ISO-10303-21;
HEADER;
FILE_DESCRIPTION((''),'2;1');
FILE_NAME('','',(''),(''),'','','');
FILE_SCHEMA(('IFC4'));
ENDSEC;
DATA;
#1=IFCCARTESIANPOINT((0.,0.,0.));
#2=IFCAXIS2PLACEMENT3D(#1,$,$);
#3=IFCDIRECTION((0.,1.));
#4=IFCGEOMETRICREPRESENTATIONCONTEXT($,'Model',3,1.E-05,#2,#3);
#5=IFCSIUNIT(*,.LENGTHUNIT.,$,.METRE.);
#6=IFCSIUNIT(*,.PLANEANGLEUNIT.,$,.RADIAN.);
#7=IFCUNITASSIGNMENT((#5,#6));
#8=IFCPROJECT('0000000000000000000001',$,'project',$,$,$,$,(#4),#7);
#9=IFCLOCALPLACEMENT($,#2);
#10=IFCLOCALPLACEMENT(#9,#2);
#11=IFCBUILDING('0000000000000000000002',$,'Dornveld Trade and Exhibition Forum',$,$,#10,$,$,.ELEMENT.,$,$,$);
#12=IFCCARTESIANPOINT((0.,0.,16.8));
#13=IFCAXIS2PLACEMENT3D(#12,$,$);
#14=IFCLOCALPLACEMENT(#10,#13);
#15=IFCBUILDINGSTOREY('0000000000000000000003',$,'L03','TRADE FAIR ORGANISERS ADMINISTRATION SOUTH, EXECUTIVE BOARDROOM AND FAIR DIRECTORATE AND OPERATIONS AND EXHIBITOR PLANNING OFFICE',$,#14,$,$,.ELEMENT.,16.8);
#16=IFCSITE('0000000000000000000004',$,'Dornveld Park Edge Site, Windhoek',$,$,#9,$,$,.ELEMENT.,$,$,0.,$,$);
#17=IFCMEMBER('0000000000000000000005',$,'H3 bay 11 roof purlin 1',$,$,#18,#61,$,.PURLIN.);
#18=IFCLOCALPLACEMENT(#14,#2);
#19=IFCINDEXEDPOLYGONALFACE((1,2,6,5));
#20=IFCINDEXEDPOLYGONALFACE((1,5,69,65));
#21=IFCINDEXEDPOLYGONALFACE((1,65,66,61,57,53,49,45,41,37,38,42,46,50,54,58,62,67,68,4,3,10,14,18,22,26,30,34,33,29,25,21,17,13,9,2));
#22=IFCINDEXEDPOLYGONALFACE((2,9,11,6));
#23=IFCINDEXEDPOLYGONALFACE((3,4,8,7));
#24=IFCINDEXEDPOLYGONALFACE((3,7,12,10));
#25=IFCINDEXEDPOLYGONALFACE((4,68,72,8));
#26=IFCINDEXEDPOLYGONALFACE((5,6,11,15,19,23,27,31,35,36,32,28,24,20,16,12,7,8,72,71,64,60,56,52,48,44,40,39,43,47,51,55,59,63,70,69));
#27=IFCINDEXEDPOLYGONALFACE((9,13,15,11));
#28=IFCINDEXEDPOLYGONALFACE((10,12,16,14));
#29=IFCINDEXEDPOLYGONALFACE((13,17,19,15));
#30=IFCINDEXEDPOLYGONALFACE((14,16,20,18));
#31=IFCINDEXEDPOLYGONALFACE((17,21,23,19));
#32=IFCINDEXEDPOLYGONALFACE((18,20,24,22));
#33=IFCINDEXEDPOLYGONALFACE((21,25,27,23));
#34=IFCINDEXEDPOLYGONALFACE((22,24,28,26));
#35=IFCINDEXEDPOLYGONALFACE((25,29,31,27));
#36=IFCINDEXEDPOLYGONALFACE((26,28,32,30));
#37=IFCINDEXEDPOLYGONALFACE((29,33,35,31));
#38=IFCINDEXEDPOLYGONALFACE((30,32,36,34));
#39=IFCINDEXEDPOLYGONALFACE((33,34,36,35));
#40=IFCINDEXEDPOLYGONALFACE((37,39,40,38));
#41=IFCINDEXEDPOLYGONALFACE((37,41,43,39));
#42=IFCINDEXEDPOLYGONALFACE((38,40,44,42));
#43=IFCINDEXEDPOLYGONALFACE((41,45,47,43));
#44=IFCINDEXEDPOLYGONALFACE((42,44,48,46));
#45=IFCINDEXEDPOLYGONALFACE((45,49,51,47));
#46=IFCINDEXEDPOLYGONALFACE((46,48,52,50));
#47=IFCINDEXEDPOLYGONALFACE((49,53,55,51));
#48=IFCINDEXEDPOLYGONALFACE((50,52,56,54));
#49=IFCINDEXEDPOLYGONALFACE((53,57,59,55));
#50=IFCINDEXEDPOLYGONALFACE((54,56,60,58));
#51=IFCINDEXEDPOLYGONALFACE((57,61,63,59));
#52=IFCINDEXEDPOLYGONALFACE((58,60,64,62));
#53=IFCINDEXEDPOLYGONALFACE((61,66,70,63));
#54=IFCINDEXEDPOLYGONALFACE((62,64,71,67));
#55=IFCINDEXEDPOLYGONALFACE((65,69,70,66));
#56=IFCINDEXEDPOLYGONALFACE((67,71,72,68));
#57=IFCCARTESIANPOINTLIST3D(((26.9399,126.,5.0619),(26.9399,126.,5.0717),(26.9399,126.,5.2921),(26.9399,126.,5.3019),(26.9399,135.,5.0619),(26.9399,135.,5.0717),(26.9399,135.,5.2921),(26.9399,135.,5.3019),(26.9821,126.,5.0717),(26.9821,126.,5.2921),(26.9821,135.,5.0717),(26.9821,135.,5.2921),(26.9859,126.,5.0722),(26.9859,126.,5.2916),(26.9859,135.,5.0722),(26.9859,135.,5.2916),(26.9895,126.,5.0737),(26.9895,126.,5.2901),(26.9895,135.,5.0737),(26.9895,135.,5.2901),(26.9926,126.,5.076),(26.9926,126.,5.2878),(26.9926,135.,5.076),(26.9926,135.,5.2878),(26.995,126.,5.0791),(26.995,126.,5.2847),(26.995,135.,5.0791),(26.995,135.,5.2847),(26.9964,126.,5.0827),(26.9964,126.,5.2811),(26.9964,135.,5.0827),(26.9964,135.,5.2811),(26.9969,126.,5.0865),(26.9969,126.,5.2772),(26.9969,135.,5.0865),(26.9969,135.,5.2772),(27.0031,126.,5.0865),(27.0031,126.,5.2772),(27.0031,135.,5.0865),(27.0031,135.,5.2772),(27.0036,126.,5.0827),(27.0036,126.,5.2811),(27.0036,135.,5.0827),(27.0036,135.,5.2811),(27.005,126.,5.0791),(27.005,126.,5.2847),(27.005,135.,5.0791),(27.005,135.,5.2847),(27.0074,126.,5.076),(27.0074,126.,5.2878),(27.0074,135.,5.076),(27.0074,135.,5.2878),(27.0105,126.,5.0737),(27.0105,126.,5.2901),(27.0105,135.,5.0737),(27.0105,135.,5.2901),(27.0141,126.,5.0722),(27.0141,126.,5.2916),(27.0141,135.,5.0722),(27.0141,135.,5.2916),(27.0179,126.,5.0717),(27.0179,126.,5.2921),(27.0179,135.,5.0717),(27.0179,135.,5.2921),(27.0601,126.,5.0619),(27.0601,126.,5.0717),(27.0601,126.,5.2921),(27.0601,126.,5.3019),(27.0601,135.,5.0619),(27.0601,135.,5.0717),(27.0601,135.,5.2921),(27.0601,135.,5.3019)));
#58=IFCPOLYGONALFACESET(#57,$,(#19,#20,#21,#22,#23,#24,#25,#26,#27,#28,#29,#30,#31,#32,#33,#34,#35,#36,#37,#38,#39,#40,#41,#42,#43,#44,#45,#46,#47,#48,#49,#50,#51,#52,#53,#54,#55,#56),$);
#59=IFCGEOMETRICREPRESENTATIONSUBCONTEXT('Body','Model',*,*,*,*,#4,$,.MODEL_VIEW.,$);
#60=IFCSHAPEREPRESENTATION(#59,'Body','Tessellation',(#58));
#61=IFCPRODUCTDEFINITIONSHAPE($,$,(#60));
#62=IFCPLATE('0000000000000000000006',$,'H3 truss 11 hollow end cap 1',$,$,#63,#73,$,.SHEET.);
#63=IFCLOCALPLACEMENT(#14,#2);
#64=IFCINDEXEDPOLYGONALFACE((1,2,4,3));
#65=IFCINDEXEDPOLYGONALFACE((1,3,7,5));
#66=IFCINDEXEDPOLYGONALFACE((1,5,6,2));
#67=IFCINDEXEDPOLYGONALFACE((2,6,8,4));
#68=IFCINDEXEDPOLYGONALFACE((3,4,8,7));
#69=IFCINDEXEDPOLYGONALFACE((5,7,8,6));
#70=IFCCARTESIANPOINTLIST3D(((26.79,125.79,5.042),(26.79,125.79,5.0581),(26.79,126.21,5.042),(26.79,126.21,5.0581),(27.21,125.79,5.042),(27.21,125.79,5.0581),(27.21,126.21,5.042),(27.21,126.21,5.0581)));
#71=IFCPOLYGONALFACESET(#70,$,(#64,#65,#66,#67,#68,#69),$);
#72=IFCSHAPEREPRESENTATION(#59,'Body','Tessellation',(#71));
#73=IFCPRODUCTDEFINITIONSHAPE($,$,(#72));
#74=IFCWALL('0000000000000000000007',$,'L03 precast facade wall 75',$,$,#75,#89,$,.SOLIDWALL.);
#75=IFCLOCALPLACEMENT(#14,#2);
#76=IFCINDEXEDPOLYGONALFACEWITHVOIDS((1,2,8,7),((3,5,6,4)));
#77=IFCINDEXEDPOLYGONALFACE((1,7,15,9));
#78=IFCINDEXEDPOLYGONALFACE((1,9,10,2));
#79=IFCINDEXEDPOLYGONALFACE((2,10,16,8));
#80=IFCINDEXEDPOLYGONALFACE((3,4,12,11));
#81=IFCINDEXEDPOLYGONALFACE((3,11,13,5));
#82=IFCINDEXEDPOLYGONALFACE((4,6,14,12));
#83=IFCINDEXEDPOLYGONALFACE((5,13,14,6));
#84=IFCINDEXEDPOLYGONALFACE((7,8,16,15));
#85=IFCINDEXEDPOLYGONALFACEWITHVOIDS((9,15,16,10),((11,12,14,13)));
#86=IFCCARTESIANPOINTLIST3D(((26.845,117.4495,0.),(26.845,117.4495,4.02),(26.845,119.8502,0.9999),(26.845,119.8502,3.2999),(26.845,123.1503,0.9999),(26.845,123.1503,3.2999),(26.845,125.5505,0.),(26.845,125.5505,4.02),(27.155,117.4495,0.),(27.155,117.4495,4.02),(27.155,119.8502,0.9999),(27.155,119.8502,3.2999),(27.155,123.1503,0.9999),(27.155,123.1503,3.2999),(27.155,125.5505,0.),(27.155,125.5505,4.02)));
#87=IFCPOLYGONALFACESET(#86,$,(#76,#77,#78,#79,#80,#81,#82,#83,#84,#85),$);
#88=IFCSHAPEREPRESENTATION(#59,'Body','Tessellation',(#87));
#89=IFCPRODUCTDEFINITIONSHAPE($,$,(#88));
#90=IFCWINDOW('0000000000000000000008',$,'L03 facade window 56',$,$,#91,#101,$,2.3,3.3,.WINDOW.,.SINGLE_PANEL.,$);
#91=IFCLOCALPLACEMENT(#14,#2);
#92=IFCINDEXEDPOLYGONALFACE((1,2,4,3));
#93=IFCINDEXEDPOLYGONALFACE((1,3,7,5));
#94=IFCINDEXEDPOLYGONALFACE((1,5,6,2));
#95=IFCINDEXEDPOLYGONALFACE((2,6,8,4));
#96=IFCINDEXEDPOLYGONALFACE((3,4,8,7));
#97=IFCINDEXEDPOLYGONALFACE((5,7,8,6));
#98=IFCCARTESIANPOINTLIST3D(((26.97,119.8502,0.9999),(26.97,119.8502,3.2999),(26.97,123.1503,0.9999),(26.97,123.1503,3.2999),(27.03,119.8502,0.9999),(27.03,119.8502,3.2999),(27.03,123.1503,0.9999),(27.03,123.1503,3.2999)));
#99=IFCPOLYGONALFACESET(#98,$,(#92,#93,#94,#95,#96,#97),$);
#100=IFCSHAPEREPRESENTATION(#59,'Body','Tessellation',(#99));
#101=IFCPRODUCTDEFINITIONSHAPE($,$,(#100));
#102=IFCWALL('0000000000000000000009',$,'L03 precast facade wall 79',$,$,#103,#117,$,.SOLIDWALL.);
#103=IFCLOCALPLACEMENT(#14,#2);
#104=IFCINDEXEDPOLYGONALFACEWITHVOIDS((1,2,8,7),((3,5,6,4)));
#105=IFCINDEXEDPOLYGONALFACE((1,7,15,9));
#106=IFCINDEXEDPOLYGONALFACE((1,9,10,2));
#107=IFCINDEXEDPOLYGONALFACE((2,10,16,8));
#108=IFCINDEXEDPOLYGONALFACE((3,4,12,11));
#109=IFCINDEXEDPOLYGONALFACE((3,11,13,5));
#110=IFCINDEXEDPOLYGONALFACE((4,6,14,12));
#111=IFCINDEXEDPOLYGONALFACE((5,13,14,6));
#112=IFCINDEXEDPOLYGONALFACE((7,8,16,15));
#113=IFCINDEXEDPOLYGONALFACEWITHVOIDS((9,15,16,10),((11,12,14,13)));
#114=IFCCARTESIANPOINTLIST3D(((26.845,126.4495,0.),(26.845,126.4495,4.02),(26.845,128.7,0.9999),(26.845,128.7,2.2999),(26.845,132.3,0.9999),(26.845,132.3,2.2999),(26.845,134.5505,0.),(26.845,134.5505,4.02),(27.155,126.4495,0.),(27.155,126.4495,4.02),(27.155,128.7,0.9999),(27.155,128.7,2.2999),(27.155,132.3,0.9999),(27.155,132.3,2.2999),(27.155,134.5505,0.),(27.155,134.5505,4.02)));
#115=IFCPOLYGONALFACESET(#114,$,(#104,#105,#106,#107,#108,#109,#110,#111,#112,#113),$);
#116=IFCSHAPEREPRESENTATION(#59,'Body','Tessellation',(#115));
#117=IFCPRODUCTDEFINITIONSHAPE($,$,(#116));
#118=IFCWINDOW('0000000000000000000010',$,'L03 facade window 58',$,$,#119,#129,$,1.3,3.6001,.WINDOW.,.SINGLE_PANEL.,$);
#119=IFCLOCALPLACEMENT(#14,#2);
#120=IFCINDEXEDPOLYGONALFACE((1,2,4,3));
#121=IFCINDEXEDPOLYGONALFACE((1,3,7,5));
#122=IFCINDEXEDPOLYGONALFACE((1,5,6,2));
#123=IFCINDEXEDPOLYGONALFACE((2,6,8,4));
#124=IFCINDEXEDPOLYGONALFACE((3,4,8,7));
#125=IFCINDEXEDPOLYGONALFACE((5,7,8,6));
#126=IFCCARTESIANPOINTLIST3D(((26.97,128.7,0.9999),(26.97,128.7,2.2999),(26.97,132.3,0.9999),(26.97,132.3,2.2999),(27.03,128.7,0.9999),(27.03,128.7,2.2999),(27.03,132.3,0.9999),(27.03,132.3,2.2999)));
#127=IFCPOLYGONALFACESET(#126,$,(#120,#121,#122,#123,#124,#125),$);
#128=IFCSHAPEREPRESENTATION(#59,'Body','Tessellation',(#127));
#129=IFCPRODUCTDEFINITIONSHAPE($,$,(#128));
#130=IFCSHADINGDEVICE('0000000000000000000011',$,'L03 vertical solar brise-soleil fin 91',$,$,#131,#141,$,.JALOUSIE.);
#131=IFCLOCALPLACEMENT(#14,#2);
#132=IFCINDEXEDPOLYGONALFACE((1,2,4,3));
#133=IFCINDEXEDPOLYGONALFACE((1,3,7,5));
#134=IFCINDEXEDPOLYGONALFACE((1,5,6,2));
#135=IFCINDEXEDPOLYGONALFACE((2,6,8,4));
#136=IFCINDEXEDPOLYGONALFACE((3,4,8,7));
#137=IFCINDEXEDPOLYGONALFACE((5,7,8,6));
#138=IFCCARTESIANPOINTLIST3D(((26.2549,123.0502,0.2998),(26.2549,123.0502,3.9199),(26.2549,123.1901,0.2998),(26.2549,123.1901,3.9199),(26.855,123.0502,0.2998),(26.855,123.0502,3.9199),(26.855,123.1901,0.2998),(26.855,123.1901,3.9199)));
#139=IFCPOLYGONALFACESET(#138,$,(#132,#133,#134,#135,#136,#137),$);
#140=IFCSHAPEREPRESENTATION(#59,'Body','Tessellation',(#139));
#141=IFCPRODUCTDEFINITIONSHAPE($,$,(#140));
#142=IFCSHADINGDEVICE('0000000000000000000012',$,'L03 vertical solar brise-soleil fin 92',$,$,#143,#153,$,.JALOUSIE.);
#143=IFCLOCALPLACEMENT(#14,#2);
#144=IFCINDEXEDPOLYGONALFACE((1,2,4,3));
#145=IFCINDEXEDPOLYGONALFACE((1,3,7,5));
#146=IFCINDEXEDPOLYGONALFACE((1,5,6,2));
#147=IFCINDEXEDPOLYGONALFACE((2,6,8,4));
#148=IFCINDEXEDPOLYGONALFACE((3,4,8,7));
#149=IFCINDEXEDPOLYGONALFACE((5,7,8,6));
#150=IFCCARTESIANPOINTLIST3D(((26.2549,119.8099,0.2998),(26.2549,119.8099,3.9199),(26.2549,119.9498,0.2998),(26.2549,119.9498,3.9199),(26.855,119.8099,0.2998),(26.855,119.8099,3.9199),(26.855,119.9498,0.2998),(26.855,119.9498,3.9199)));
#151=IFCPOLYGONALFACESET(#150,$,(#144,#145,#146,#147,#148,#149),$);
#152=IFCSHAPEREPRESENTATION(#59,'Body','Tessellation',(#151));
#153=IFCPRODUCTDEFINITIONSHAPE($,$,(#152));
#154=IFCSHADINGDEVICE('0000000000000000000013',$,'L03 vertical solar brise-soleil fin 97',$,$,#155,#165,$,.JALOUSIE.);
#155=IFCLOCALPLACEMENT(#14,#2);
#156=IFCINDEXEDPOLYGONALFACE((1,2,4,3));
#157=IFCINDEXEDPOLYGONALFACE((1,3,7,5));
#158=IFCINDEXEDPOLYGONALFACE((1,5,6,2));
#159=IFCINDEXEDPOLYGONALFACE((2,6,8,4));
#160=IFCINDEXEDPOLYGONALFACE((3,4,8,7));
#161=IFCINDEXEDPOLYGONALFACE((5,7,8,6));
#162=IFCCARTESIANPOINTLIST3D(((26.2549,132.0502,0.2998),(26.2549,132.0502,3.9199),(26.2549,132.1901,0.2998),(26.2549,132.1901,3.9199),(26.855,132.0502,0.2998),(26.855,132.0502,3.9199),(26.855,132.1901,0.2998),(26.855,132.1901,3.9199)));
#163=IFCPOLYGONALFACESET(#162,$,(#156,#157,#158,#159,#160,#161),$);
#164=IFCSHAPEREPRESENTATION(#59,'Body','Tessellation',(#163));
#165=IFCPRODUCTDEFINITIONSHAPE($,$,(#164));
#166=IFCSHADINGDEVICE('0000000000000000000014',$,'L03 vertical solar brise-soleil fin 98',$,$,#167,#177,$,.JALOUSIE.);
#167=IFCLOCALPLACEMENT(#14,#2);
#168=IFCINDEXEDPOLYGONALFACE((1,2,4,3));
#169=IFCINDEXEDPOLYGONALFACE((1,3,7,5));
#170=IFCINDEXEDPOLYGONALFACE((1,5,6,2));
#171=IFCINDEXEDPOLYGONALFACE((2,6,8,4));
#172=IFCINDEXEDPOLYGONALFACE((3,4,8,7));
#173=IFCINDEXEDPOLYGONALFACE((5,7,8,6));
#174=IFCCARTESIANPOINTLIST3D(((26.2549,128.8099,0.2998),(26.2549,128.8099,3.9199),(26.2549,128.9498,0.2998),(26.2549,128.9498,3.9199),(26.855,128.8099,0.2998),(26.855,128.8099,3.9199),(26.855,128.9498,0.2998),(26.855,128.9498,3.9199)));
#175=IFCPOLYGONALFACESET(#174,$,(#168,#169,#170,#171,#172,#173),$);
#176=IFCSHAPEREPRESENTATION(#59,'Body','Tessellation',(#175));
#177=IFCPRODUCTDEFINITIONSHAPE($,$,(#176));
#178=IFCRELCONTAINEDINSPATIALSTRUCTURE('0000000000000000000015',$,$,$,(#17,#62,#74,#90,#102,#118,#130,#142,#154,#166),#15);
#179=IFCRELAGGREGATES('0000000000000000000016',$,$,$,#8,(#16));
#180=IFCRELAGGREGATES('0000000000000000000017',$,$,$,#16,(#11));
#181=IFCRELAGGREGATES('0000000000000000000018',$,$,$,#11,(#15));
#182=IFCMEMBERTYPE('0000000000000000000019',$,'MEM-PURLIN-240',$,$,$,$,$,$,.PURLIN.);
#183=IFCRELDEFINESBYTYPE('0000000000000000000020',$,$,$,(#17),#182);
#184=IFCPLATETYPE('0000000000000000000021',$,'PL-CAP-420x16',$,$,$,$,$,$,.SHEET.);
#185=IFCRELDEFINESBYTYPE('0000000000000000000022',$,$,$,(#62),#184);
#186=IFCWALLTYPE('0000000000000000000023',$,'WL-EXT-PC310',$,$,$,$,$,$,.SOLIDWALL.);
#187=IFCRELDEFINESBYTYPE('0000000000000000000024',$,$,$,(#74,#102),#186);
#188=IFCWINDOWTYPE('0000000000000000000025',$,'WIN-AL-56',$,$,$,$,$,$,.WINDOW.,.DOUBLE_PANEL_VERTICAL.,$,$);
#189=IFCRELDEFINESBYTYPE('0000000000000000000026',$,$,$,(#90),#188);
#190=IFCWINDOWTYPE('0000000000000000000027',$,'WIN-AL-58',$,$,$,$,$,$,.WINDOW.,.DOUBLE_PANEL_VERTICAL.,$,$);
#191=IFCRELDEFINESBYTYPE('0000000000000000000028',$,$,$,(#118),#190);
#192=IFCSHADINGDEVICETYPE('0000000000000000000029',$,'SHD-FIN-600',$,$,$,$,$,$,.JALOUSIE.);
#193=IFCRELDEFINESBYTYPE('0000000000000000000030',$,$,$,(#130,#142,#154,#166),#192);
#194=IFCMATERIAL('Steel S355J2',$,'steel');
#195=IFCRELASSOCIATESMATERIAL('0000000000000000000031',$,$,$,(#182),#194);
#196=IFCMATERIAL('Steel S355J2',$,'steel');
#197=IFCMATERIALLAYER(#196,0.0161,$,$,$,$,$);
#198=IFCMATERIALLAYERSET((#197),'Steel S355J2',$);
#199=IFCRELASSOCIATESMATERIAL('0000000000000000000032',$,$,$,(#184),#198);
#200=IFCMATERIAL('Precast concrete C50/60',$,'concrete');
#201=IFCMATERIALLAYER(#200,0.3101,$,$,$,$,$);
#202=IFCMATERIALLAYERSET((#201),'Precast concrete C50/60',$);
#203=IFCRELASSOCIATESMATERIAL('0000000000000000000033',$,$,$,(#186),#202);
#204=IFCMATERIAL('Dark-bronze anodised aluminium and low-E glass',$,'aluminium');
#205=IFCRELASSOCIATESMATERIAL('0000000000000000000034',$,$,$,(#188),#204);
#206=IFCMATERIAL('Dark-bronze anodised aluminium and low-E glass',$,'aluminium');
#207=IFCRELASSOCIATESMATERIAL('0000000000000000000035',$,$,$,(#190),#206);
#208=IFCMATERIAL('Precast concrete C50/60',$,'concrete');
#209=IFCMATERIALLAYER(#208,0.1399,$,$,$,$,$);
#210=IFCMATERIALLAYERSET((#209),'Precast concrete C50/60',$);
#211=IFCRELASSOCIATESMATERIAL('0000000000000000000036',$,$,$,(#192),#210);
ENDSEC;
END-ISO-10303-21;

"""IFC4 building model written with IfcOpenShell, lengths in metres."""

from ifc_helpers import new_model, si_unit, direction, frame, frame_2d, origin, origin_2d, place, context, subcontext, project, spatial, rectangle, i_section, extrude, material, layer, layer_set, material_profile, profile_set, type_object, element, fill, save


model = new_model("IFC4")

# Units and contexts
model_context = context("Model", 3, precision=1e-05, world=origin(), true_north=direction((0.0, 1.0)))
body_context = subcontext(model_context, "Body", "Model", "MODEL_VIEW")
ifc_project = project(units=[si_unit("LENGTHUNIT", "METRE"), si_unit("PLANEANGLEUNIT", "RADIAN")], contexts=[model_context])

# Site, building, storey
site_placement = place(None, origin())
site = spatial("IfcSite", under=ifc_project, at=site_placement, Name="Dornveld Park Edge Site, Windhoek", CompositionType="ELEMENT", RefElevation=0.0)
building_placement = place(site_placement, origin())
building = spatial("IfcBuilding", under=site, at=building_placement, Name="Dornveld Trade and Exhibition Forum", CompositionType="ELEMENT")
storey_placement = place(building_placement, frame((0.0, 0.0, 16.8)))
storey = spatial("IfcBuildingStorey", under=building, at=storey_placement, Name="L03", Description="TRADE FAIR ORGANISERS ADMINISTRATION SOUTH, EXECUTIVE BOARDROOM AND FAIR DIRECTORATE AND OPERATIONS AND EXHIBITOR PLANNING OFFICE", CompositionType="ELEMENT", Elevation=16.8)

# Member
ifc_material_1 = material(Name="Steel S355J2", Category="steel")
ifc_material_profile_1 = material_profile(ifc_material_1, i_section(OverallWidth=0.1201, OverallDepth=0.24, WebThickness=0.0061, FlangeThickness=0.0098, FilletRadius=0.0149, at=origin_2d()), Name="IPE 240")
ifc_profile_set_1 = profile_set([ifc_material_profile_1], Name="Steel S355J2")
member_type_1 = type_object("IfcMemberType", Name="MEM-PURLIN-240", PredefinedType="PURLIN", material=ifc_profile_set_1)
member_1_placement = place(storey_placement, frame((27.0, 126.0, 5.1819), z_axis=(0.0, 1.0, 0.0), x_axis=(-1.0, 0.0, 0.0)))
element("IfcMember", 1, at=member_1_placement, inside=storey, type_object=member_type_1, Name="H3 bay 11 roof purlin 1", PredefinedType="PURLIN", context=body_context, shape_type="SweptSolid", body=[
    extrude(i_section(OverallWidth=0.1201, OverallDepth=0.24, WebThickness=0.0061, FlangeThickness=0.0098, FilletRadius=0.0149, at=origin_2d()), origin(), (0.0, 0.0, 1.0), 9.0),
])

# Plate
ifc_material_2 = material(Name="Steel S355J2", Category="steel")
ifc_layer_1 = layer(ifc_material_2, 0.0161)
ifc_layer_set_1 = layer_set([ifc_layer_1], Name="Steel S355J2")
plate_type = type_object("IfcPlateType", Name="PL-CAP-420x16", PredefinedType="SHEET", material=ifc_layer_set_1)
plate_placement = place(storey_placement, frame((27.0, 126.0, 5.042), z_axis=(0.0, 0.0, 1.0), x_axis=(1.0, 0.0, 0.0)))
element("IfcPlate", 2, at=plate_placement, inside=storey, type_object=plate_type, Name="H3 truss 11 hollow end cap 1", PredefinedType="SHEET", context=body_context, shape_type="SweptSolid", body=[
    extrude(rectangle(XDim=0.4199, YDim=0.4199, at=origin_2d()), origin(), (0.0, 0.0, 1.0), 0.0161),
])

# Walls, openings, windows
ifc_material_3 = material(Name="Precast concrete C50/60", Category="concrete")
ifc_layer_2 = layer(ifc_material_3, 0.3101)
ifc_layer_set_2 = layer_set([ifc_layer_2], Name="Precast concrete C50/60")
wall_type = type_object("IfcWallType", Name="WL-EXT-PC310", PredefinedType="SOLIDWALL", material=ifc_layer_set_2)
wall_1_placement = place(storey_placement, frame((27.0, 125.5505, 0.0), z_axis=(0.0, 0.0, 1.0), x_axis=(0.0, -1.0, 0.0)))
wall_1 = element("IfcWall", 3, at=wall_1_placement, inside=storey, type_object=wall_type, Name="L03 precast facade wall 75", PredefinedType="SOLIDWALL", context=body_context, shape_type="SweptSolid", body=[
    extrude(rectangle(XDim=8.1011, YDim=0.3101, at=frame_2d((4.0505, 0.0))), origin(), (0.0, 0.0, 1.0), 4.02),
])
opening_1_placement = place(wall_1_placement, frame((2.4004, 0.0, 1.0)))
opening_1 = element("IfcOpeningElement", 4, at=opening_1_placement, cuts=wall_1, PredefinedType="OPENING", context=body_context, shape_type="SweptSolid", body=[
    extrude(rectangle(XDim=3.3, YDim=2.3, at=frame_2d((1.6499, 1.1499))), frame((0.0, 0.165, 0.0), z_axis=(0.0, -1.0, 0.0), x_axis=(1.0, 0.0, 0.0)), (0.0, 0.0, 1.0), 0.3301),
])
ifc_material_4 = material(Name="Dark-bronze anodised aluminium and low-E glass", Category="aluminium")
window_type_1 = type_object("IfcWindowType", Name="WIN-AL-56", PartitioningType="DOUBLE_PANEL_VERTICAL", PredefinedType="WINDOW", material=ifc_material_4)
window_1_placement = place(opening_1_placement, origin())
window_1 = element("IfcWindow", 5, at=window_1_placement, inside=storey, type_object=window_type_1, Name="L03 facade window 56", OverallHeight=2.3, OverallWidth=3.3, PartitioningType="SINGLE_PANEL", PredefinedType="WINDOW", context=body_context, shape_type="SweptSolid", body=[
    extrude(rectangle(XDim=3.3, YDim=2.3, at=frame_2d((1.6499, 1.1499))), frame((0.0, 0.03, 0.0), z_axis=(0.0, -1.0, 0.0), x_axis=(1.0, 0.0, 0.0)), (0.0, 0.0, 1.0), 0.0601),
])
fill(opening_1, window_1)
wall_2_placement = place(storey_placement, frame((27.0, 134.5505, 0.0), z_axis=(0.0, 0.0, 1.0), x_axis=(0.0, -1.0, 0.0)))
wall_2 = element("IfcWall", 6, at=wall_2_placement, inside=storey, type_object=wall_type, Name="L03 precast facade wall 79", PredefinedType="SOLIDWALL", context=body_context, shape_type="SweptSolid", body=[
    extrude(rectangle(XDim=8.1011, YDim=0.3101, at=frame_2d((4.0505, 0.0))), origin(), (0.0, 0.0, 1.0), 4.02),
])
opening_2_placement = place(wall_2_placement, frame((2.2505, 0.0, 1.0)))
opening_2 = element("IfcOpeningElement", 7, at=opening_2_placement, cuts=wall_2, PredefinedType="OPENING", context=body_context, shape_type="SweptSolid", body=[
    extrude(rectangle(XDim=3.6001, YDim=1.3, at=frame_2d((1.8, 0.6499))), frame((0.0, 0.165, 0.0), z_axis=(0.0, -1.0, 0.0), x_axis=(1.0, 0.0, 0.0)), (0.0, 0.0, 1.0), 0.3301),
])
ifc_material_5 = material(Name="Dark-bronze anodised aluminium and low-E glass", Category="aluminium")
window_type_2 = type_object("IfcWindowType", Name="WIN-AL-58", PartitioningType="DOUBLE_PANEL_VERTICAL", PredefinedType="WINDOW", material=ifc_material_5)
window_2_placement = place(opening_2_placement, origin())
window_2 = element("IfcWindow", 8, at=window_2_placement, inside=storey, type_object=window_type_2, Name="L03 facade window 58", OverallHeight=1.3, OverallWidth=3.6001, PartitioningType="SINGLE_PANEL", PredefinedType="WINDOW", context=body_context, shape_type="SweptSolid", body=[
    extrude(rectangle(XDim=3.6001, YDim=1.3, at=frame_2d((1.8, 0.6499))), frame((0.0, 0.03, 0.0), z_axis=(0.0, -1.0, 0.0), x_axis=(1.0, 0.0, 0.0)), (0.0, 0.0, 1.0), 0.0601),
])
fill(opening_2, window_2)

# Shading devices
ifc_material_6 = material(Name="Precast concrete C50/60", Category="concrete")
ifc_layer_3 = layer(ifc_material_6, 0.1399)
ifc_layer_set_3 = layer_set([ifc_layer_3], Name="Precast concrete C50/60")
shading_device_type = type_object("IfcShadingDeviceType", Name="SHD-FIN-600", PredefinedType="JALOUSIE", material=ifc_layer_set_3)
for number, where, z_axis, x_axis, name in (
    (9, (26.5549, 123.1201, 0.2998), (0.0, 0.0, 1.0), (0.0, -1.0, 0.0), "L03 vertical solar brise-soleil fin 91"),
    (10, (26.5549, 119.8799, 0.2998), (0.0, 0.0, 1.0), (0.0, -1.0, 0.0), "L03 vertical solar brise-soleil fin 92"),
    (11, (26.5549, 132.1201, 0.2998), (0.0, 0.0, 1.0), (0.0, -1.0, 0.0), "L03 vertical solar brise-soleil fin 97"),
    (12, (26.5549, 128.8799, 0.2998), (0.0, 0.0, 1.0), (0.0, -1.0, 0.0), "L03 vertical solar brise-soleil fin 98"),
):
    element("IfcShadingDevice", number, at=place(storey_placement, frame(where, z_axis=z_axis, x_axis=x_axis)), inside=storey, type_object=shading_device_type, Name=name, PredefinedType="JALOUSIE", context=body_context, shape_type="SweptSolid", body=[
        extrude(rectangle(XDim=0.1399, YDim=0.6001, at=origin_2d()), origin(), (0.0, 0.0, 1.0), 3.6201),
    ])

save(model, "model.ifc")
